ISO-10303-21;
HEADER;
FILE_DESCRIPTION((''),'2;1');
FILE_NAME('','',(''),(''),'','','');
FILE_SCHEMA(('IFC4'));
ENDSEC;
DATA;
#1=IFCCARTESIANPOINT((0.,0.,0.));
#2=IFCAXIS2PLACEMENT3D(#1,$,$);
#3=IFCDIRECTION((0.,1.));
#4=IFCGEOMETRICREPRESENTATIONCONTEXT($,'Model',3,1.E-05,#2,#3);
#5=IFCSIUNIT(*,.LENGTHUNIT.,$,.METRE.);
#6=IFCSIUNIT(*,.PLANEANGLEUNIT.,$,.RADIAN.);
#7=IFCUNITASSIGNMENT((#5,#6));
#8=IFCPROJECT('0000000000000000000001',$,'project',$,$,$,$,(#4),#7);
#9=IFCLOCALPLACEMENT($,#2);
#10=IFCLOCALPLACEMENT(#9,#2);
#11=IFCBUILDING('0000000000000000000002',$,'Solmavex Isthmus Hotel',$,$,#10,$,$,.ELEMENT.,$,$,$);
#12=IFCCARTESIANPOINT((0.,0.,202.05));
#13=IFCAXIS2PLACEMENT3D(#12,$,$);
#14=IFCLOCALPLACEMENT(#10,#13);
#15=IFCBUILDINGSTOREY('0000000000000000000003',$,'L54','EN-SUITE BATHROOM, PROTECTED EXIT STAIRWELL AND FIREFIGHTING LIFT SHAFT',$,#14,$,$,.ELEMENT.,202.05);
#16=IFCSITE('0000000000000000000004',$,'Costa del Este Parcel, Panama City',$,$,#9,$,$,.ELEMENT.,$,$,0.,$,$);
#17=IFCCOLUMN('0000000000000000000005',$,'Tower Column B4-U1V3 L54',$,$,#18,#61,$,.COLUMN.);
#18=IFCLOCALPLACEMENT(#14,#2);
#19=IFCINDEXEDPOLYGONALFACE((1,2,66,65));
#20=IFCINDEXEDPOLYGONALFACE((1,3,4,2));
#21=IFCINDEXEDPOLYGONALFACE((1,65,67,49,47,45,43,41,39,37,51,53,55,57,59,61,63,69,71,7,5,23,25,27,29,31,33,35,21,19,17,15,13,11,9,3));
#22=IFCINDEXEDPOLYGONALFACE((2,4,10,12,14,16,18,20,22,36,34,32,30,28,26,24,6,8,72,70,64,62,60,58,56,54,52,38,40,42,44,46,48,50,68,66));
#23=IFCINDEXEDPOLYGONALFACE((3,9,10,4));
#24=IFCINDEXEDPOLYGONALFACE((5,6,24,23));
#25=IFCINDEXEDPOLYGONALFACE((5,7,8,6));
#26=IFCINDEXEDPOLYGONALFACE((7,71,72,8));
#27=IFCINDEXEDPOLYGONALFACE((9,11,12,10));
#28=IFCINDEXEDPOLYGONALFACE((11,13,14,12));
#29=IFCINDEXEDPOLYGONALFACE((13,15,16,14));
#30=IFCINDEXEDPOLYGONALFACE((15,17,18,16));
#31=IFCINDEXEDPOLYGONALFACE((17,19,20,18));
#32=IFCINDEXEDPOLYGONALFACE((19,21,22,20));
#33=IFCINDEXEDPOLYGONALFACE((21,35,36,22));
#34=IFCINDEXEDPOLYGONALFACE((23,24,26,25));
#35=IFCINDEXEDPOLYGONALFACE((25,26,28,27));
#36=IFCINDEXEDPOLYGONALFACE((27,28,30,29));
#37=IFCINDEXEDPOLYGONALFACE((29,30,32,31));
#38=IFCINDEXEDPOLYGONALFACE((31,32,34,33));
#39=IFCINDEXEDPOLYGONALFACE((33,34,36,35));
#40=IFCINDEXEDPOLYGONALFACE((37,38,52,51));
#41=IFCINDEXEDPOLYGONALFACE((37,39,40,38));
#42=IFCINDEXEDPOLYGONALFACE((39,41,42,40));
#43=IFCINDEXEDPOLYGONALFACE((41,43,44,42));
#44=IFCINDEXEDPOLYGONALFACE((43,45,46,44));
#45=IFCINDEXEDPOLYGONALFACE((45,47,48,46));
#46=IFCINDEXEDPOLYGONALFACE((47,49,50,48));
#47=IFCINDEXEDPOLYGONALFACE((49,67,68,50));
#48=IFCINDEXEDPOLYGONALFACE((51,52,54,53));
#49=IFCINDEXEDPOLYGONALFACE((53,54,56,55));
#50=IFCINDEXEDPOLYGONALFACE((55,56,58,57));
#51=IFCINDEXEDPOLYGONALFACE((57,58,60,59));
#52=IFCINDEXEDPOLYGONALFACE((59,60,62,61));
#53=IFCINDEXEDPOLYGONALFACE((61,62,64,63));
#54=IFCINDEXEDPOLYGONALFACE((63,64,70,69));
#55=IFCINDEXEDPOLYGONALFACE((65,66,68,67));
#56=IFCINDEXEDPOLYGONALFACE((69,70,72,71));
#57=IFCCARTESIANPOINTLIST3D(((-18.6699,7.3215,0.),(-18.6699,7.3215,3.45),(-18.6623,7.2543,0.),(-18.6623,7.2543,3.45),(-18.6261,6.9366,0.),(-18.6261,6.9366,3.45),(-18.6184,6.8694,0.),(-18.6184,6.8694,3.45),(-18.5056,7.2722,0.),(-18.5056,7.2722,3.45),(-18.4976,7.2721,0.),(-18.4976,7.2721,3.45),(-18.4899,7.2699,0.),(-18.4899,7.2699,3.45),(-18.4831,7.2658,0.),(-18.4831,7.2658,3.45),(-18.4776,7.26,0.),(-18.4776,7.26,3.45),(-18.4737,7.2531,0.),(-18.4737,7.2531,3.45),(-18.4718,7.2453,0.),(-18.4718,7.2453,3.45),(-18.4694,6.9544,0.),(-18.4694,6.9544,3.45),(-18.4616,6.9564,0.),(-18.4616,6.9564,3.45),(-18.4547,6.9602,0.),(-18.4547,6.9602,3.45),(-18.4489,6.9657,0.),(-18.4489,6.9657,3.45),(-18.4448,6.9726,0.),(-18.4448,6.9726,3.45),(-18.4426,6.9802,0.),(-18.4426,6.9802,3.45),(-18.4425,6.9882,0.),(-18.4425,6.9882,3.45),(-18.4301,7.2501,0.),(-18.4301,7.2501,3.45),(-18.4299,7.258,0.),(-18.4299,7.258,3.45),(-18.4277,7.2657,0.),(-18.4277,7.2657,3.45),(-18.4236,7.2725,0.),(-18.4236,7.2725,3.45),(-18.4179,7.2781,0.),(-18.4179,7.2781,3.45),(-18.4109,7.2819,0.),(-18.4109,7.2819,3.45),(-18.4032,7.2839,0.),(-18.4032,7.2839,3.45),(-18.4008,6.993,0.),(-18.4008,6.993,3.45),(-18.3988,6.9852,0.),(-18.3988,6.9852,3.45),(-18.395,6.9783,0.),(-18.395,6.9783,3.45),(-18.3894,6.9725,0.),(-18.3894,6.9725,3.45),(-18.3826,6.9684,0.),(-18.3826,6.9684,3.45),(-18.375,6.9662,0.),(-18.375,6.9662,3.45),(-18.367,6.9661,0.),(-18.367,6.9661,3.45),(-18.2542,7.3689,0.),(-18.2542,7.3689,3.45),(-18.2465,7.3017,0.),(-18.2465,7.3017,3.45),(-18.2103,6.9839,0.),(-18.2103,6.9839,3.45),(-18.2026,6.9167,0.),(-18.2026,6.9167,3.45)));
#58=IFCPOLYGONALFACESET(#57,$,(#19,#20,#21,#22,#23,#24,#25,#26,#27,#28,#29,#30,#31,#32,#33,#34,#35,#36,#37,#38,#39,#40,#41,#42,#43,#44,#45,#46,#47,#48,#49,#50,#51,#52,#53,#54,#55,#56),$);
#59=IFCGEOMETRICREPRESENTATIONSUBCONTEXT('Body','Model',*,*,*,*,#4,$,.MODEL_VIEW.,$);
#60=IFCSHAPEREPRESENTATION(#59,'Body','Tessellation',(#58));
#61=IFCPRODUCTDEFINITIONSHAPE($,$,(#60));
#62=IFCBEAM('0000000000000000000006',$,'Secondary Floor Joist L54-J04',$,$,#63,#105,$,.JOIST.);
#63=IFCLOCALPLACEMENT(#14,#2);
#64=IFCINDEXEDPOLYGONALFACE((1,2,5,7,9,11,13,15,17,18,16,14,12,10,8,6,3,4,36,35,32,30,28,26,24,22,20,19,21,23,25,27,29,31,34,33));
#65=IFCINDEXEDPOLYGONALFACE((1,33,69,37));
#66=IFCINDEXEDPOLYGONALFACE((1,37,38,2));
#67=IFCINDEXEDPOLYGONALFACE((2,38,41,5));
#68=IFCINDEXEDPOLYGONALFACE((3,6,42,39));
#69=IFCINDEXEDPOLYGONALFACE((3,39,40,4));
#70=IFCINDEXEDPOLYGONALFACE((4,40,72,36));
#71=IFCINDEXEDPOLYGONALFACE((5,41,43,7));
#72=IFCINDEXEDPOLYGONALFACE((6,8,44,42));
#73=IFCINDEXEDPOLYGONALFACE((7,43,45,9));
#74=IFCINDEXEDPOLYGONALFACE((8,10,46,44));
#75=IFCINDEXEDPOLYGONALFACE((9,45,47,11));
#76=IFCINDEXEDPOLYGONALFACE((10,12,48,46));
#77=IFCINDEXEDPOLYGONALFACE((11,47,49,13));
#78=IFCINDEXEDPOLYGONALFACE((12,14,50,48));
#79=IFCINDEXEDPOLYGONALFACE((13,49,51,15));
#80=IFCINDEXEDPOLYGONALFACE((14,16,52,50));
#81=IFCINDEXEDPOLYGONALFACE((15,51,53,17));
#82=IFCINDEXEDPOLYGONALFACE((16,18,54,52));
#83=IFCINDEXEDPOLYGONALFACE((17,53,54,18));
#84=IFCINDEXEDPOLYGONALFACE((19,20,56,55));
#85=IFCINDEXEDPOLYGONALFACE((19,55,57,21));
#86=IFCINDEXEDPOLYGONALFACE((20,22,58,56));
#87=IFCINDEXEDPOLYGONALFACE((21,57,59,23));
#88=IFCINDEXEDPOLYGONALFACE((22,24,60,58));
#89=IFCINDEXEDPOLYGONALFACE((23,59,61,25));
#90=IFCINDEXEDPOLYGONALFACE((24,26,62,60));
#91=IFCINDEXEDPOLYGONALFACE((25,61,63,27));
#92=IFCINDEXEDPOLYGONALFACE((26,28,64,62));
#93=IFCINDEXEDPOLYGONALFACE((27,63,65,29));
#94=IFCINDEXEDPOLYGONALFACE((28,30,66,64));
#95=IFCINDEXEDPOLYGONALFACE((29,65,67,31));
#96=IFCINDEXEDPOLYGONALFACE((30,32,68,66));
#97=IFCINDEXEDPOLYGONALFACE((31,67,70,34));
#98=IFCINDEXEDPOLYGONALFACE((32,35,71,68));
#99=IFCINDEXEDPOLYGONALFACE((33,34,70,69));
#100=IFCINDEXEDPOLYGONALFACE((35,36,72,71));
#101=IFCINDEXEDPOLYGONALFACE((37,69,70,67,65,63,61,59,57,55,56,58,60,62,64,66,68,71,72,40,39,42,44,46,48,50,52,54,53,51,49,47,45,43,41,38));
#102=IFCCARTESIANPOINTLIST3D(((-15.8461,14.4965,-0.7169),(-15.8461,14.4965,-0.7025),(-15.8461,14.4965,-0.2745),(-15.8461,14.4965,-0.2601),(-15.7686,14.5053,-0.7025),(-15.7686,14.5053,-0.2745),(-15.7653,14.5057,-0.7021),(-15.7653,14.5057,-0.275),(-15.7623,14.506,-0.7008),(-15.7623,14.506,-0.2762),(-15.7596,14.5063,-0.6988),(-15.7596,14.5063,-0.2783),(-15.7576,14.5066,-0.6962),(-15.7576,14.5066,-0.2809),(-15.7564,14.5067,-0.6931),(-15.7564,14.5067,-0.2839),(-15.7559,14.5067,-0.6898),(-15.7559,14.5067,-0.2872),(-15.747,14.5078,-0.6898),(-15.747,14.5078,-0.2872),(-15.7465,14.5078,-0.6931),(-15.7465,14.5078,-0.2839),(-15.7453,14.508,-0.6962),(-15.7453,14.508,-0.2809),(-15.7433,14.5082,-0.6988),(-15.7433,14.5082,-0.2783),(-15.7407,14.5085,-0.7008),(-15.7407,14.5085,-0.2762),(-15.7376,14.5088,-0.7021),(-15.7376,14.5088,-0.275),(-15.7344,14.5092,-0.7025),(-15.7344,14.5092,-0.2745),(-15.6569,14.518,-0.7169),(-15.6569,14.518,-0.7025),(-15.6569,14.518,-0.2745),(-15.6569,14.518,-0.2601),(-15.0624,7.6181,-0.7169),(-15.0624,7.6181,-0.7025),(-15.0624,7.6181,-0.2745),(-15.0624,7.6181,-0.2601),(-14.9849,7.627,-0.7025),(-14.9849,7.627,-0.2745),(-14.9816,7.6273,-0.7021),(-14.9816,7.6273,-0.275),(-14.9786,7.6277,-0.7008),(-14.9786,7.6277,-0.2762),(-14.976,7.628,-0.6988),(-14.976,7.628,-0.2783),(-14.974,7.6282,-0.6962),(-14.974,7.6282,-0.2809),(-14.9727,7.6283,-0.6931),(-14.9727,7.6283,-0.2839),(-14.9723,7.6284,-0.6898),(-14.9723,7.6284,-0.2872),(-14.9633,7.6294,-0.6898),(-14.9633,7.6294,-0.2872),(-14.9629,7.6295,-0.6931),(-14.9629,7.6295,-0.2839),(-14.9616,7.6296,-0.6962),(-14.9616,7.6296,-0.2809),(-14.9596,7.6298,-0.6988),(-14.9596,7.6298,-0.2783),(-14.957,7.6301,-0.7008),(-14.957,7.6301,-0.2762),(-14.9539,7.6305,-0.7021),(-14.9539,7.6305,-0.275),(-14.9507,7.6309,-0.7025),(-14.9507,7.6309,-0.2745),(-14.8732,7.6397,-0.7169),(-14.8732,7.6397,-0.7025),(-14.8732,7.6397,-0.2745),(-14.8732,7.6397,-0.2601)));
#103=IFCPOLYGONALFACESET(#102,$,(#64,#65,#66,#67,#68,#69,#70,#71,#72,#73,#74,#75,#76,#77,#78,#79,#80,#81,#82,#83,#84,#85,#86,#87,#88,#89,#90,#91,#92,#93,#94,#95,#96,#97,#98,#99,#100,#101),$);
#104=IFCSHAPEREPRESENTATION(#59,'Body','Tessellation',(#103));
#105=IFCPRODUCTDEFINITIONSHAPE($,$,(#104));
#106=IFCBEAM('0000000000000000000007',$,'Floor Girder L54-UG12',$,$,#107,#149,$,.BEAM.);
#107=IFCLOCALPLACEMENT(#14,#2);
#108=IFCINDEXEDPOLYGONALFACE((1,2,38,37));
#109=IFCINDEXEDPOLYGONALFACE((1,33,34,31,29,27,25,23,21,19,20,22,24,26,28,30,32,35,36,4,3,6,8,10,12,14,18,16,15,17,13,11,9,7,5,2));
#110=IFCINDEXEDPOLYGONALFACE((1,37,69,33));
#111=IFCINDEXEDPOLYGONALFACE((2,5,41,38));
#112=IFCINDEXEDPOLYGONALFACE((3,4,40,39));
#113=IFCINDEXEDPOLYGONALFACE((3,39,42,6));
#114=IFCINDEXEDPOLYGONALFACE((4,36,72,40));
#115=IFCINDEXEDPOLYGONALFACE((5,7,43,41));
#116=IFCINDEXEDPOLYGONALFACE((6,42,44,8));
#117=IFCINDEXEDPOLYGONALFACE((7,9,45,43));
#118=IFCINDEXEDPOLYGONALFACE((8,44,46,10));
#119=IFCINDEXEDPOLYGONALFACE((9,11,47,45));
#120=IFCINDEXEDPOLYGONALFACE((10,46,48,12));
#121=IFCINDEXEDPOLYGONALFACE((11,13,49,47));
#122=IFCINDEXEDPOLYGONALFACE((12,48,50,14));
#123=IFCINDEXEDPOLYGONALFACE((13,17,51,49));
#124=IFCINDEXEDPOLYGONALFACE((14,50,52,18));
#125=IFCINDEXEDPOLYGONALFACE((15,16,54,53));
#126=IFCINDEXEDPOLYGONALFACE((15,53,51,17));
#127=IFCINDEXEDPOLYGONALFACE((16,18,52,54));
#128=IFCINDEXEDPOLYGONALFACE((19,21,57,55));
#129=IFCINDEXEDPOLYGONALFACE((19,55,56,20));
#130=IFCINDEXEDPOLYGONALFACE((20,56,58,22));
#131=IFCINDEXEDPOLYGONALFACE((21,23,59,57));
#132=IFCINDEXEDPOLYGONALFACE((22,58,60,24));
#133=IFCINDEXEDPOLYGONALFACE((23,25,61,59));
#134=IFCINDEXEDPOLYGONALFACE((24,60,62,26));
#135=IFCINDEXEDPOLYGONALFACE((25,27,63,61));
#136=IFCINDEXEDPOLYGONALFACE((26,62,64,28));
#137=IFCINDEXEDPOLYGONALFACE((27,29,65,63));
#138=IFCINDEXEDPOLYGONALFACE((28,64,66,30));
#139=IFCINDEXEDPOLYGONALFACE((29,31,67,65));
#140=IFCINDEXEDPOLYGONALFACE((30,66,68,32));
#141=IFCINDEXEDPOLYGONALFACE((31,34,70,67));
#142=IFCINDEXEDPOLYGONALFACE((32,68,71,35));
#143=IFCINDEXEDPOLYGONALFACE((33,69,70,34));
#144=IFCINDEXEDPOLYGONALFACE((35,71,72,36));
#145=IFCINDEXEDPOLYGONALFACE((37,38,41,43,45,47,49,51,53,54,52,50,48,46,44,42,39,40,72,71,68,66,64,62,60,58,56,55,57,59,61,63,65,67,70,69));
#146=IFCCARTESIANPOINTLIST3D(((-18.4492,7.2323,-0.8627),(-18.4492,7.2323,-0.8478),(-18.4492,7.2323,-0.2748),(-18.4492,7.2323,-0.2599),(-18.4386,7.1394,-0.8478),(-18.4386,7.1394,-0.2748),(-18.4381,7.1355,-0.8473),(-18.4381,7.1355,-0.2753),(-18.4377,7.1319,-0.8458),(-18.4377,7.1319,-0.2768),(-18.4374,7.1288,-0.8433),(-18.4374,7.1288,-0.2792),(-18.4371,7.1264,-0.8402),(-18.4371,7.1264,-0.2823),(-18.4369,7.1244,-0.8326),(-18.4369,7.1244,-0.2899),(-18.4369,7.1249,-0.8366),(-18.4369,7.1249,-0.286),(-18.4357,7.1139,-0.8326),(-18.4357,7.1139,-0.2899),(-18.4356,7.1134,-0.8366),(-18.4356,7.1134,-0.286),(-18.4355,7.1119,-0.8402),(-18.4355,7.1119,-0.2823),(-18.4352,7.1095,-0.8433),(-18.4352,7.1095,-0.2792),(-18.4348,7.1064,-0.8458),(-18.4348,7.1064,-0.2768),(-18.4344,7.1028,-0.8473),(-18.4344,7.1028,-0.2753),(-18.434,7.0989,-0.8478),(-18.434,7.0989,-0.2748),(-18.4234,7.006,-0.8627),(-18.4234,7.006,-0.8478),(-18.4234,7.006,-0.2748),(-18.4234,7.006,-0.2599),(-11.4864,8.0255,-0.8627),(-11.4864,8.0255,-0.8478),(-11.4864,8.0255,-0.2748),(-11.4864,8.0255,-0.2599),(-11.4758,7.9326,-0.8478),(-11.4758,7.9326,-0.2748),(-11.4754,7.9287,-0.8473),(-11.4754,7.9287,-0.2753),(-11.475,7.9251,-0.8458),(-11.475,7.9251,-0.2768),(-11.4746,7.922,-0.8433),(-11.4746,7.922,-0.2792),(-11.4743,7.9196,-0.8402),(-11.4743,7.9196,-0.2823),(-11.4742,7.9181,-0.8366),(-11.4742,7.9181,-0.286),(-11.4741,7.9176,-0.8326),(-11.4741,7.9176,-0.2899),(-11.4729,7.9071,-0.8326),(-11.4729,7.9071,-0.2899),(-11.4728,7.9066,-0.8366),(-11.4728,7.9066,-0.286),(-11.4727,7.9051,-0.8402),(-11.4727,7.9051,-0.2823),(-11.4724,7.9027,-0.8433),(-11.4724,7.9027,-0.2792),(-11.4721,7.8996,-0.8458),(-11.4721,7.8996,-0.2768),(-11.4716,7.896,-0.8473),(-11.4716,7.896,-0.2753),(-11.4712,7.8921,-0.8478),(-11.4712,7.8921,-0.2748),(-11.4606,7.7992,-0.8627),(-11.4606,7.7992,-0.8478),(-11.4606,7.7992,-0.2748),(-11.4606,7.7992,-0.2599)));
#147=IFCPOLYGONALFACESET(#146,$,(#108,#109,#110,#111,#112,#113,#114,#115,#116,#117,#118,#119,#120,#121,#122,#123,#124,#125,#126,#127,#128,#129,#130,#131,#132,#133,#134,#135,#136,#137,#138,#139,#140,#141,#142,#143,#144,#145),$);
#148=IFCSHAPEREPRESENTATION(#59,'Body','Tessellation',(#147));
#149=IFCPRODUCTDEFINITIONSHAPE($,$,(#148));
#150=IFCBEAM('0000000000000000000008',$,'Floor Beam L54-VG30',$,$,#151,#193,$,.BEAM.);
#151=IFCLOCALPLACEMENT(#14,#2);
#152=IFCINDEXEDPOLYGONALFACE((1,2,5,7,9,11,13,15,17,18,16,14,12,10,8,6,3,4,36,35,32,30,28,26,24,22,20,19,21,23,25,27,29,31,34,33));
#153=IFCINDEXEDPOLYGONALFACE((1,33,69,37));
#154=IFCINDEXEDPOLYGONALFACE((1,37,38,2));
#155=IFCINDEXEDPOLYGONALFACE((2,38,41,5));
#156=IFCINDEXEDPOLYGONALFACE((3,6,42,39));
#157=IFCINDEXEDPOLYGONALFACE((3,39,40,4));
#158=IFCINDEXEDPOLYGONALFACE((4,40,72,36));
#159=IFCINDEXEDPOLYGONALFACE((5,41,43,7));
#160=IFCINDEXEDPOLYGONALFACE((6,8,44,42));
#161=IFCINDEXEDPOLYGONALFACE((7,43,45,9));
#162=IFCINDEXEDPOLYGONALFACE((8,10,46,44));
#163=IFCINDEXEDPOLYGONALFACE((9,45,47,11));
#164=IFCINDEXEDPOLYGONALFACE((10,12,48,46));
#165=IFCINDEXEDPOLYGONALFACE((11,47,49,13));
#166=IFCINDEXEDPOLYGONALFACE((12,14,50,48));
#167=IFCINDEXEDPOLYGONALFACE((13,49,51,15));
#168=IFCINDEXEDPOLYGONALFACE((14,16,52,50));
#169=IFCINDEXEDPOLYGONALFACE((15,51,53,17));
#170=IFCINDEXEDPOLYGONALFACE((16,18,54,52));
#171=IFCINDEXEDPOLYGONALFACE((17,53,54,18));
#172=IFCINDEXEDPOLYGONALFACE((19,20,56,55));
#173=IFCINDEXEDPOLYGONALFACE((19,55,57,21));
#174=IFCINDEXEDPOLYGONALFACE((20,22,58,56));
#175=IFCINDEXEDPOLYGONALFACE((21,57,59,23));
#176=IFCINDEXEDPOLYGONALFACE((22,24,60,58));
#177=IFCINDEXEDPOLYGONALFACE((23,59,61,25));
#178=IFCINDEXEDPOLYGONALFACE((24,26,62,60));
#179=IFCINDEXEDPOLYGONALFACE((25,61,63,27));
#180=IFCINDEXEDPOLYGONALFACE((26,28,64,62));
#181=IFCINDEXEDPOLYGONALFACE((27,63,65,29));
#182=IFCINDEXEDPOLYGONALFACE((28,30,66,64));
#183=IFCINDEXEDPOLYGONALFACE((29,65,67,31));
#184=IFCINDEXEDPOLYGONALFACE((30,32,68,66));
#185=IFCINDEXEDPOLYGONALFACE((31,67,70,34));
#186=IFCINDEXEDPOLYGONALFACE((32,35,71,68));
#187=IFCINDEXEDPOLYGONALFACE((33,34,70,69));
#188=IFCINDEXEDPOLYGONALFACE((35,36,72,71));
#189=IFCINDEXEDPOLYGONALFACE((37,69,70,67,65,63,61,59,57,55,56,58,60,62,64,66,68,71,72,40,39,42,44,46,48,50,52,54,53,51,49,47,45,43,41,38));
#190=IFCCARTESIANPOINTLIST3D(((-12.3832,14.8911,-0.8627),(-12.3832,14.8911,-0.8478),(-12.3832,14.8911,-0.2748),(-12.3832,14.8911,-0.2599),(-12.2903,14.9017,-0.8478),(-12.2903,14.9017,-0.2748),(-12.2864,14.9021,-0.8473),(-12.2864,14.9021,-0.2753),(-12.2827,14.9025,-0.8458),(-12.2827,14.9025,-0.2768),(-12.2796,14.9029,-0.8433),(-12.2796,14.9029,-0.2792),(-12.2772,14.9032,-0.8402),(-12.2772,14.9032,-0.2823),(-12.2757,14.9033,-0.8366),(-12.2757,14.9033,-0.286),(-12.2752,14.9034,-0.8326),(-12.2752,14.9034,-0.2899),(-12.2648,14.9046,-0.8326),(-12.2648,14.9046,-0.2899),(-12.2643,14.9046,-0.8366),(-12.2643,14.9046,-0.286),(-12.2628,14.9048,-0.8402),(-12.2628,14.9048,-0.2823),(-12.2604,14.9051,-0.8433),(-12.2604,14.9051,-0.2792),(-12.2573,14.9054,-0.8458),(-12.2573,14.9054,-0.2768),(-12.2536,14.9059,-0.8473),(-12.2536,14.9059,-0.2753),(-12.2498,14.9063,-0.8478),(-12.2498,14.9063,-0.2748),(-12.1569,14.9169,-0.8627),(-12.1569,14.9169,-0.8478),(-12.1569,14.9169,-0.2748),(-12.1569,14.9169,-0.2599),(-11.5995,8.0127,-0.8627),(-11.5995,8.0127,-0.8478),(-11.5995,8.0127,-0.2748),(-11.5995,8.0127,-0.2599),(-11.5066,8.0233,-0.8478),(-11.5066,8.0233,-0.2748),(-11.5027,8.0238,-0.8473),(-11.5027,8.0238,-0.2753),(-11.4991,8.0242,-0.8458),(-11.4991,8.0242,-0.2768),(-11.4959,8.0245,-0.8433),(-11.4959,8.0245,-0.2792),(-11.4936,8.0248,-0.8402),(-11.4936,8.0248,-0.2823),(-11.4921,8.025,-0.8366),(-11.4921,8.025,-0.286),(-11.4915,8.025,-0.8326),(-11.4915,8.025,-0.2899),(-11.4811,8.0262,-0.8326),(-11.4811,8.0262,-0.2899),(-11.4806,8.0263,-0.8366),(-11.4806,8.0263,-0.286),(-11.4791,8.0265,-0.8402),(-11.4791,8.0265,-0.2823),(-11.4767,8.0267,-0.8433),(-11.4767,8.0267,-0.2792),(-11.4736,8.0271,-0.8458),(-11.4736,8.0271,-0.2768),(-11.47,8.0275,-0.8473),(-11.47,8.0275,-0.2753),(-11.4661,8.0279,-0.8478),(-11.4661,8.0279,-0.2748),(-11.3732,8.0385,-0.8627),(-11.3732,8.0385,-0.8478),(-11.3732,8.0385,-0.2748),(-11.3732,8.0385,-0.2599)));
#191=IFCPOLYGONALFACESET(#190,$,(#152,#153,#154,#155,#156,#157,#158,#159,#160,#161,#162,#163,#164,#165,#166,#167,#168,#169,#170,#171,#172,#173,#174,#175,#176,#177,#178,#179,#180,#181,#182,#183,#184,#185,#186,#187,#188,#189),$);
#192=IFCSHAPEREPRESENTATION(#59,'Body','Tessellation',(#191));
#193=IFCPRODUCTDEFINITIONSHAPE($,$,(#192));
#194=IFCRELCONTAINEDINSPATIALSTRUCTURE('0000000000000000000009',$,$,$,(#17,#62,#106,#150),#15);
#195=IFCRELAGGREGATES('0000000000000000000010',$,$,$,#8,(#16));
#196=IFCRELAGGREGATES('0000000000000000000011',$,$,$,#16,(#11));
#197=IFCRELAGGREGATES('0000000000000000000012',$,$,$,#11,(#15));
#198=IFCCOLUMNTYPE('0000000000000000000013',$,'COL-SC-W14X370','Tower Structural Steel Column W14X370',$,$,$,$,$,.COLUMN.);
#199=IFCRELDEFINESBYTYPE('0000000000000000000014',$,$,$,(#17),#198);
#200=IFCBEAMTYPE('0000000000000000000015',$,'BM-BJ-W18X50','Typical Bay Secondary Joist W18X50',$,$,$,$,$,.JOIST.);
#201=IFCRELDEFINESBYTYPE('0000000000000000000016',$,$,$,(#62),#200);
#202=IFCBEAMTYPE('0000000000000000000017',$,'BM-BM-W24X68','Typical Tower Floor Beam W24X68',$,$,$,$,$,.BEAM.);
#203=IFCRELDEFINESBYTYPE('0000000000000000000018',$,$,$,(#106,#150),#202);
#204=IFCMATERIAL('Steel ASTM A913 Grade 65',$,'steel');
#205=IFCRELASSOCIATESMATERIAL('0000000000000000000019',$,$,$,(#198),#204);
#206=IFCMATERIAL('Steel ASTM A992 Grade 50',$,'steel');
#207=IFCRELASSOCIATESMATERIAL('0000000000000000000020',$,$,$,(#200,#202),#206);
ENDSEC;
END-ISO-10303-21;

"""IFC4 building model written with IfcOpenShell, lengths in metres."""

from ifc_helpers import new_model, si_unit, direction, frame, origin, origin_2d, place, context, subcontext, project, spatial, i_section, extrude, material, material_profile, profile_set, type_object, element, save


model = new_model("IFC4")

# Units and contexts
model_context = context("Model", 3, precision=1e-05, world=origin(), true_north=direction((0.0, 1.0)))
body_context = subcontext(model_context, "Body", "Model", "MODEL_VIEW")
ifc_project = project(units=[si_unit("LENGTHUNIT", "METRE"), si_unit("PLANEANGLEUNIT", "RADIAN")], contexts=[model_context])

# Site, building, storey
site_placement = place(None, origin())
site = spatial("IfcSite", under=ifc_project, at=site_placement, Name="Costa del Este Parcel, Panama City", CompositionType="ELEMENT", RefElevation=0.0)
building_placement = place(site_placement, origin())
building = spatial("IfcBuilding", under=site, at=building_placement, Name="Solmavex Isthmus Hotel", CompositionType="ELEMENT")
storey_placement = place(building_placement, frame((0.0, 0.0, 202.05)))
storey = spatial("IfcBuildingStorey", under=building, at=storey_placement, Name="L54", Description="EN-SUITE BATHROOM, PROTECTED EXIT STAIRWELL AND FIREFIGHTING LIFT SHAFT", CompositionType="ELEMENT", Elevation=202.05)

# Column
ifc_material_1 = material(Name="Steel ASTM A913 Grade 65", Category="steel")
ifc_material_profile_1 = material_profile(ifc_material_1, i_section(OverallWidth=0.4185, OverallDepth=0.4551, WebThickness=0.042, FlangeThickness=0.0676, FilletRadius=0.0305, at=origin_2d()), Name="W14X370")
ifc_profile_set_1 = profile_set([ifc_material_profile_1], Name="Steel ASTM A913 Grade 65")
column_type = type_object("IfcColumnType", Name="COL-SC-W14X370", Description="Tower Structural Steel Column W14X370", PredefinedType="COLUMN", material=ifc_profile_set_1)
column_placement = place(storey_placement, frame((-18.4363, 7.1191, 0.0), z_axis=(0.0, 0.0, 1.0), x_axis=(0.993572, 0.113203, 0.0)))
element("IfcColumn", 1, at=column_placement, inside=storey, type_object=column_type, Name="Tower Column B4-U1V3 L54", PredefinedType="COLUMN", context=body_context, shape_type="SweptSolid", body=[
    extrude(i_section(OverallWidth=0.4185, OverallDepth=0.4551, WebThickness=0.042, FlangeThickness=0.0676, FilletRadius=0.0305, at=origin_2d()), origin(), (0.0, 0.0, 1.0), 3.45),
])

# Beams
ifc_material_2 = material(Name="Steel ASTM A992 Grade 50", Category="steel")
ifc_material_profile_2 = material_profile(ifc_material_2, i_section(OverallWidth=0.1904, OverallDepth=0.4568, WebThickness=0.009, FlangeThickness=0.0144, FilletRadius=0.0127, at=origin_2d()), Name="W18X50")
ifc_profile_set_2 = profile_set([ifc_material_profile_2], Name="Steel ASTM A992 Grade 50")
beam_type_1 = type_object("IfcBeamType", Name="BM-BJ-W18X50", Description="Typical Bay Secondary Joist W18X50", PredefinedType="JOIST", material=ifc_profile_set_2)
beam_1_placement = place(storey_placement, frame((-14.9678, 7.6289, -0.4885), z_axis=(-0.113202, 0.993572, 0.0), x_axis=(-0.993572, -0.113202, 0.0)))
element("IfcBeam", 2, at=beam_1_placement, inside=storey, type_object=beam_type_1, Name="Secondary Floor Joist L54-J04", PredefinedType="JOIST", context=body_context, shape_type="SweptSolid", body=[
    extrude(i_section(OverallWidth=0.1904, OverallDepth=0.4568, WebThickness=0.009, FlangeThickness=0.0144, FilletRadius=0.0127, at=origin_2d()), origin(), (0.0, 0.0, 1.0), 6.9229),
])
ifc_material_profile_3 = material_profile(ifc_material_2, i_section(OverallWidth=0.2278, OverallDepth=0.6028, WebThickness=0.0105, FlangeThickness=0.0149, FilletRadius=0.0151, at=origin_2d()), Name="W24X68")
ifc_profile_set_3 = profile_set([ifc_material_profile_3], Name="Steel ASTM A992 Grade 50")
beam_type_2 = type_object("IfcBeamType", Name="BM-BM-W24X68", Description="Typical Tower Floor Beam W24X68", PredefinedType="BEAM", material=ifc_profile_set_3)
beam_2_placement = place(storey_placement, frame((-18.4363, 7.1191, -0.5613), z_axis=(0.993574, 0.113188, 0.0), x_axis=(-0.113188, 0.993574, 0.0)))
element("IfcBeam", 3, at=beam_2_placement, inside=storey, type_object=beam_type_2, Name="Floor Girder L54-UG12", PredefinedType="BEAM", context=body_context, shape_type="SweptSolid", body=[
    extrude(i_section(OverallWidth=0.2278, OverallDepth=0.6028, WebThickness=0.0105, FlangeThickness=0.0149, FilletRadius=0.0151, at=origin_2d()), origin(), (0.0, 0.0, 1.0), 7.0078),
])
beam_3_placement = place(storey_placement, frame((-11.4863, 8.0256, -0.5613), z_axis=(-0.113202, 0.993572, 0.0), x_axis=(-0.993572, -0.113202, 0.0)))
element("IfcBeam", 4, at=beam_3_placement, inside=storey, type_object=beam_type_2, Name="Floor Beam L54-VG30", PredefinedType="BEAM", context=body_context, shape_type="SweptSolid", body=[
    extrude(i_section(OverallWidth=0.2278, OverallDepth=0.6028, WebThickness=0.0105, FlangeThickness=0.0149, FilletRadius=0.0151, at=origin_2d()), origin(), (0.0, 0.0, 1.0), 6.9229),
])

save(model, "model.ifc")
